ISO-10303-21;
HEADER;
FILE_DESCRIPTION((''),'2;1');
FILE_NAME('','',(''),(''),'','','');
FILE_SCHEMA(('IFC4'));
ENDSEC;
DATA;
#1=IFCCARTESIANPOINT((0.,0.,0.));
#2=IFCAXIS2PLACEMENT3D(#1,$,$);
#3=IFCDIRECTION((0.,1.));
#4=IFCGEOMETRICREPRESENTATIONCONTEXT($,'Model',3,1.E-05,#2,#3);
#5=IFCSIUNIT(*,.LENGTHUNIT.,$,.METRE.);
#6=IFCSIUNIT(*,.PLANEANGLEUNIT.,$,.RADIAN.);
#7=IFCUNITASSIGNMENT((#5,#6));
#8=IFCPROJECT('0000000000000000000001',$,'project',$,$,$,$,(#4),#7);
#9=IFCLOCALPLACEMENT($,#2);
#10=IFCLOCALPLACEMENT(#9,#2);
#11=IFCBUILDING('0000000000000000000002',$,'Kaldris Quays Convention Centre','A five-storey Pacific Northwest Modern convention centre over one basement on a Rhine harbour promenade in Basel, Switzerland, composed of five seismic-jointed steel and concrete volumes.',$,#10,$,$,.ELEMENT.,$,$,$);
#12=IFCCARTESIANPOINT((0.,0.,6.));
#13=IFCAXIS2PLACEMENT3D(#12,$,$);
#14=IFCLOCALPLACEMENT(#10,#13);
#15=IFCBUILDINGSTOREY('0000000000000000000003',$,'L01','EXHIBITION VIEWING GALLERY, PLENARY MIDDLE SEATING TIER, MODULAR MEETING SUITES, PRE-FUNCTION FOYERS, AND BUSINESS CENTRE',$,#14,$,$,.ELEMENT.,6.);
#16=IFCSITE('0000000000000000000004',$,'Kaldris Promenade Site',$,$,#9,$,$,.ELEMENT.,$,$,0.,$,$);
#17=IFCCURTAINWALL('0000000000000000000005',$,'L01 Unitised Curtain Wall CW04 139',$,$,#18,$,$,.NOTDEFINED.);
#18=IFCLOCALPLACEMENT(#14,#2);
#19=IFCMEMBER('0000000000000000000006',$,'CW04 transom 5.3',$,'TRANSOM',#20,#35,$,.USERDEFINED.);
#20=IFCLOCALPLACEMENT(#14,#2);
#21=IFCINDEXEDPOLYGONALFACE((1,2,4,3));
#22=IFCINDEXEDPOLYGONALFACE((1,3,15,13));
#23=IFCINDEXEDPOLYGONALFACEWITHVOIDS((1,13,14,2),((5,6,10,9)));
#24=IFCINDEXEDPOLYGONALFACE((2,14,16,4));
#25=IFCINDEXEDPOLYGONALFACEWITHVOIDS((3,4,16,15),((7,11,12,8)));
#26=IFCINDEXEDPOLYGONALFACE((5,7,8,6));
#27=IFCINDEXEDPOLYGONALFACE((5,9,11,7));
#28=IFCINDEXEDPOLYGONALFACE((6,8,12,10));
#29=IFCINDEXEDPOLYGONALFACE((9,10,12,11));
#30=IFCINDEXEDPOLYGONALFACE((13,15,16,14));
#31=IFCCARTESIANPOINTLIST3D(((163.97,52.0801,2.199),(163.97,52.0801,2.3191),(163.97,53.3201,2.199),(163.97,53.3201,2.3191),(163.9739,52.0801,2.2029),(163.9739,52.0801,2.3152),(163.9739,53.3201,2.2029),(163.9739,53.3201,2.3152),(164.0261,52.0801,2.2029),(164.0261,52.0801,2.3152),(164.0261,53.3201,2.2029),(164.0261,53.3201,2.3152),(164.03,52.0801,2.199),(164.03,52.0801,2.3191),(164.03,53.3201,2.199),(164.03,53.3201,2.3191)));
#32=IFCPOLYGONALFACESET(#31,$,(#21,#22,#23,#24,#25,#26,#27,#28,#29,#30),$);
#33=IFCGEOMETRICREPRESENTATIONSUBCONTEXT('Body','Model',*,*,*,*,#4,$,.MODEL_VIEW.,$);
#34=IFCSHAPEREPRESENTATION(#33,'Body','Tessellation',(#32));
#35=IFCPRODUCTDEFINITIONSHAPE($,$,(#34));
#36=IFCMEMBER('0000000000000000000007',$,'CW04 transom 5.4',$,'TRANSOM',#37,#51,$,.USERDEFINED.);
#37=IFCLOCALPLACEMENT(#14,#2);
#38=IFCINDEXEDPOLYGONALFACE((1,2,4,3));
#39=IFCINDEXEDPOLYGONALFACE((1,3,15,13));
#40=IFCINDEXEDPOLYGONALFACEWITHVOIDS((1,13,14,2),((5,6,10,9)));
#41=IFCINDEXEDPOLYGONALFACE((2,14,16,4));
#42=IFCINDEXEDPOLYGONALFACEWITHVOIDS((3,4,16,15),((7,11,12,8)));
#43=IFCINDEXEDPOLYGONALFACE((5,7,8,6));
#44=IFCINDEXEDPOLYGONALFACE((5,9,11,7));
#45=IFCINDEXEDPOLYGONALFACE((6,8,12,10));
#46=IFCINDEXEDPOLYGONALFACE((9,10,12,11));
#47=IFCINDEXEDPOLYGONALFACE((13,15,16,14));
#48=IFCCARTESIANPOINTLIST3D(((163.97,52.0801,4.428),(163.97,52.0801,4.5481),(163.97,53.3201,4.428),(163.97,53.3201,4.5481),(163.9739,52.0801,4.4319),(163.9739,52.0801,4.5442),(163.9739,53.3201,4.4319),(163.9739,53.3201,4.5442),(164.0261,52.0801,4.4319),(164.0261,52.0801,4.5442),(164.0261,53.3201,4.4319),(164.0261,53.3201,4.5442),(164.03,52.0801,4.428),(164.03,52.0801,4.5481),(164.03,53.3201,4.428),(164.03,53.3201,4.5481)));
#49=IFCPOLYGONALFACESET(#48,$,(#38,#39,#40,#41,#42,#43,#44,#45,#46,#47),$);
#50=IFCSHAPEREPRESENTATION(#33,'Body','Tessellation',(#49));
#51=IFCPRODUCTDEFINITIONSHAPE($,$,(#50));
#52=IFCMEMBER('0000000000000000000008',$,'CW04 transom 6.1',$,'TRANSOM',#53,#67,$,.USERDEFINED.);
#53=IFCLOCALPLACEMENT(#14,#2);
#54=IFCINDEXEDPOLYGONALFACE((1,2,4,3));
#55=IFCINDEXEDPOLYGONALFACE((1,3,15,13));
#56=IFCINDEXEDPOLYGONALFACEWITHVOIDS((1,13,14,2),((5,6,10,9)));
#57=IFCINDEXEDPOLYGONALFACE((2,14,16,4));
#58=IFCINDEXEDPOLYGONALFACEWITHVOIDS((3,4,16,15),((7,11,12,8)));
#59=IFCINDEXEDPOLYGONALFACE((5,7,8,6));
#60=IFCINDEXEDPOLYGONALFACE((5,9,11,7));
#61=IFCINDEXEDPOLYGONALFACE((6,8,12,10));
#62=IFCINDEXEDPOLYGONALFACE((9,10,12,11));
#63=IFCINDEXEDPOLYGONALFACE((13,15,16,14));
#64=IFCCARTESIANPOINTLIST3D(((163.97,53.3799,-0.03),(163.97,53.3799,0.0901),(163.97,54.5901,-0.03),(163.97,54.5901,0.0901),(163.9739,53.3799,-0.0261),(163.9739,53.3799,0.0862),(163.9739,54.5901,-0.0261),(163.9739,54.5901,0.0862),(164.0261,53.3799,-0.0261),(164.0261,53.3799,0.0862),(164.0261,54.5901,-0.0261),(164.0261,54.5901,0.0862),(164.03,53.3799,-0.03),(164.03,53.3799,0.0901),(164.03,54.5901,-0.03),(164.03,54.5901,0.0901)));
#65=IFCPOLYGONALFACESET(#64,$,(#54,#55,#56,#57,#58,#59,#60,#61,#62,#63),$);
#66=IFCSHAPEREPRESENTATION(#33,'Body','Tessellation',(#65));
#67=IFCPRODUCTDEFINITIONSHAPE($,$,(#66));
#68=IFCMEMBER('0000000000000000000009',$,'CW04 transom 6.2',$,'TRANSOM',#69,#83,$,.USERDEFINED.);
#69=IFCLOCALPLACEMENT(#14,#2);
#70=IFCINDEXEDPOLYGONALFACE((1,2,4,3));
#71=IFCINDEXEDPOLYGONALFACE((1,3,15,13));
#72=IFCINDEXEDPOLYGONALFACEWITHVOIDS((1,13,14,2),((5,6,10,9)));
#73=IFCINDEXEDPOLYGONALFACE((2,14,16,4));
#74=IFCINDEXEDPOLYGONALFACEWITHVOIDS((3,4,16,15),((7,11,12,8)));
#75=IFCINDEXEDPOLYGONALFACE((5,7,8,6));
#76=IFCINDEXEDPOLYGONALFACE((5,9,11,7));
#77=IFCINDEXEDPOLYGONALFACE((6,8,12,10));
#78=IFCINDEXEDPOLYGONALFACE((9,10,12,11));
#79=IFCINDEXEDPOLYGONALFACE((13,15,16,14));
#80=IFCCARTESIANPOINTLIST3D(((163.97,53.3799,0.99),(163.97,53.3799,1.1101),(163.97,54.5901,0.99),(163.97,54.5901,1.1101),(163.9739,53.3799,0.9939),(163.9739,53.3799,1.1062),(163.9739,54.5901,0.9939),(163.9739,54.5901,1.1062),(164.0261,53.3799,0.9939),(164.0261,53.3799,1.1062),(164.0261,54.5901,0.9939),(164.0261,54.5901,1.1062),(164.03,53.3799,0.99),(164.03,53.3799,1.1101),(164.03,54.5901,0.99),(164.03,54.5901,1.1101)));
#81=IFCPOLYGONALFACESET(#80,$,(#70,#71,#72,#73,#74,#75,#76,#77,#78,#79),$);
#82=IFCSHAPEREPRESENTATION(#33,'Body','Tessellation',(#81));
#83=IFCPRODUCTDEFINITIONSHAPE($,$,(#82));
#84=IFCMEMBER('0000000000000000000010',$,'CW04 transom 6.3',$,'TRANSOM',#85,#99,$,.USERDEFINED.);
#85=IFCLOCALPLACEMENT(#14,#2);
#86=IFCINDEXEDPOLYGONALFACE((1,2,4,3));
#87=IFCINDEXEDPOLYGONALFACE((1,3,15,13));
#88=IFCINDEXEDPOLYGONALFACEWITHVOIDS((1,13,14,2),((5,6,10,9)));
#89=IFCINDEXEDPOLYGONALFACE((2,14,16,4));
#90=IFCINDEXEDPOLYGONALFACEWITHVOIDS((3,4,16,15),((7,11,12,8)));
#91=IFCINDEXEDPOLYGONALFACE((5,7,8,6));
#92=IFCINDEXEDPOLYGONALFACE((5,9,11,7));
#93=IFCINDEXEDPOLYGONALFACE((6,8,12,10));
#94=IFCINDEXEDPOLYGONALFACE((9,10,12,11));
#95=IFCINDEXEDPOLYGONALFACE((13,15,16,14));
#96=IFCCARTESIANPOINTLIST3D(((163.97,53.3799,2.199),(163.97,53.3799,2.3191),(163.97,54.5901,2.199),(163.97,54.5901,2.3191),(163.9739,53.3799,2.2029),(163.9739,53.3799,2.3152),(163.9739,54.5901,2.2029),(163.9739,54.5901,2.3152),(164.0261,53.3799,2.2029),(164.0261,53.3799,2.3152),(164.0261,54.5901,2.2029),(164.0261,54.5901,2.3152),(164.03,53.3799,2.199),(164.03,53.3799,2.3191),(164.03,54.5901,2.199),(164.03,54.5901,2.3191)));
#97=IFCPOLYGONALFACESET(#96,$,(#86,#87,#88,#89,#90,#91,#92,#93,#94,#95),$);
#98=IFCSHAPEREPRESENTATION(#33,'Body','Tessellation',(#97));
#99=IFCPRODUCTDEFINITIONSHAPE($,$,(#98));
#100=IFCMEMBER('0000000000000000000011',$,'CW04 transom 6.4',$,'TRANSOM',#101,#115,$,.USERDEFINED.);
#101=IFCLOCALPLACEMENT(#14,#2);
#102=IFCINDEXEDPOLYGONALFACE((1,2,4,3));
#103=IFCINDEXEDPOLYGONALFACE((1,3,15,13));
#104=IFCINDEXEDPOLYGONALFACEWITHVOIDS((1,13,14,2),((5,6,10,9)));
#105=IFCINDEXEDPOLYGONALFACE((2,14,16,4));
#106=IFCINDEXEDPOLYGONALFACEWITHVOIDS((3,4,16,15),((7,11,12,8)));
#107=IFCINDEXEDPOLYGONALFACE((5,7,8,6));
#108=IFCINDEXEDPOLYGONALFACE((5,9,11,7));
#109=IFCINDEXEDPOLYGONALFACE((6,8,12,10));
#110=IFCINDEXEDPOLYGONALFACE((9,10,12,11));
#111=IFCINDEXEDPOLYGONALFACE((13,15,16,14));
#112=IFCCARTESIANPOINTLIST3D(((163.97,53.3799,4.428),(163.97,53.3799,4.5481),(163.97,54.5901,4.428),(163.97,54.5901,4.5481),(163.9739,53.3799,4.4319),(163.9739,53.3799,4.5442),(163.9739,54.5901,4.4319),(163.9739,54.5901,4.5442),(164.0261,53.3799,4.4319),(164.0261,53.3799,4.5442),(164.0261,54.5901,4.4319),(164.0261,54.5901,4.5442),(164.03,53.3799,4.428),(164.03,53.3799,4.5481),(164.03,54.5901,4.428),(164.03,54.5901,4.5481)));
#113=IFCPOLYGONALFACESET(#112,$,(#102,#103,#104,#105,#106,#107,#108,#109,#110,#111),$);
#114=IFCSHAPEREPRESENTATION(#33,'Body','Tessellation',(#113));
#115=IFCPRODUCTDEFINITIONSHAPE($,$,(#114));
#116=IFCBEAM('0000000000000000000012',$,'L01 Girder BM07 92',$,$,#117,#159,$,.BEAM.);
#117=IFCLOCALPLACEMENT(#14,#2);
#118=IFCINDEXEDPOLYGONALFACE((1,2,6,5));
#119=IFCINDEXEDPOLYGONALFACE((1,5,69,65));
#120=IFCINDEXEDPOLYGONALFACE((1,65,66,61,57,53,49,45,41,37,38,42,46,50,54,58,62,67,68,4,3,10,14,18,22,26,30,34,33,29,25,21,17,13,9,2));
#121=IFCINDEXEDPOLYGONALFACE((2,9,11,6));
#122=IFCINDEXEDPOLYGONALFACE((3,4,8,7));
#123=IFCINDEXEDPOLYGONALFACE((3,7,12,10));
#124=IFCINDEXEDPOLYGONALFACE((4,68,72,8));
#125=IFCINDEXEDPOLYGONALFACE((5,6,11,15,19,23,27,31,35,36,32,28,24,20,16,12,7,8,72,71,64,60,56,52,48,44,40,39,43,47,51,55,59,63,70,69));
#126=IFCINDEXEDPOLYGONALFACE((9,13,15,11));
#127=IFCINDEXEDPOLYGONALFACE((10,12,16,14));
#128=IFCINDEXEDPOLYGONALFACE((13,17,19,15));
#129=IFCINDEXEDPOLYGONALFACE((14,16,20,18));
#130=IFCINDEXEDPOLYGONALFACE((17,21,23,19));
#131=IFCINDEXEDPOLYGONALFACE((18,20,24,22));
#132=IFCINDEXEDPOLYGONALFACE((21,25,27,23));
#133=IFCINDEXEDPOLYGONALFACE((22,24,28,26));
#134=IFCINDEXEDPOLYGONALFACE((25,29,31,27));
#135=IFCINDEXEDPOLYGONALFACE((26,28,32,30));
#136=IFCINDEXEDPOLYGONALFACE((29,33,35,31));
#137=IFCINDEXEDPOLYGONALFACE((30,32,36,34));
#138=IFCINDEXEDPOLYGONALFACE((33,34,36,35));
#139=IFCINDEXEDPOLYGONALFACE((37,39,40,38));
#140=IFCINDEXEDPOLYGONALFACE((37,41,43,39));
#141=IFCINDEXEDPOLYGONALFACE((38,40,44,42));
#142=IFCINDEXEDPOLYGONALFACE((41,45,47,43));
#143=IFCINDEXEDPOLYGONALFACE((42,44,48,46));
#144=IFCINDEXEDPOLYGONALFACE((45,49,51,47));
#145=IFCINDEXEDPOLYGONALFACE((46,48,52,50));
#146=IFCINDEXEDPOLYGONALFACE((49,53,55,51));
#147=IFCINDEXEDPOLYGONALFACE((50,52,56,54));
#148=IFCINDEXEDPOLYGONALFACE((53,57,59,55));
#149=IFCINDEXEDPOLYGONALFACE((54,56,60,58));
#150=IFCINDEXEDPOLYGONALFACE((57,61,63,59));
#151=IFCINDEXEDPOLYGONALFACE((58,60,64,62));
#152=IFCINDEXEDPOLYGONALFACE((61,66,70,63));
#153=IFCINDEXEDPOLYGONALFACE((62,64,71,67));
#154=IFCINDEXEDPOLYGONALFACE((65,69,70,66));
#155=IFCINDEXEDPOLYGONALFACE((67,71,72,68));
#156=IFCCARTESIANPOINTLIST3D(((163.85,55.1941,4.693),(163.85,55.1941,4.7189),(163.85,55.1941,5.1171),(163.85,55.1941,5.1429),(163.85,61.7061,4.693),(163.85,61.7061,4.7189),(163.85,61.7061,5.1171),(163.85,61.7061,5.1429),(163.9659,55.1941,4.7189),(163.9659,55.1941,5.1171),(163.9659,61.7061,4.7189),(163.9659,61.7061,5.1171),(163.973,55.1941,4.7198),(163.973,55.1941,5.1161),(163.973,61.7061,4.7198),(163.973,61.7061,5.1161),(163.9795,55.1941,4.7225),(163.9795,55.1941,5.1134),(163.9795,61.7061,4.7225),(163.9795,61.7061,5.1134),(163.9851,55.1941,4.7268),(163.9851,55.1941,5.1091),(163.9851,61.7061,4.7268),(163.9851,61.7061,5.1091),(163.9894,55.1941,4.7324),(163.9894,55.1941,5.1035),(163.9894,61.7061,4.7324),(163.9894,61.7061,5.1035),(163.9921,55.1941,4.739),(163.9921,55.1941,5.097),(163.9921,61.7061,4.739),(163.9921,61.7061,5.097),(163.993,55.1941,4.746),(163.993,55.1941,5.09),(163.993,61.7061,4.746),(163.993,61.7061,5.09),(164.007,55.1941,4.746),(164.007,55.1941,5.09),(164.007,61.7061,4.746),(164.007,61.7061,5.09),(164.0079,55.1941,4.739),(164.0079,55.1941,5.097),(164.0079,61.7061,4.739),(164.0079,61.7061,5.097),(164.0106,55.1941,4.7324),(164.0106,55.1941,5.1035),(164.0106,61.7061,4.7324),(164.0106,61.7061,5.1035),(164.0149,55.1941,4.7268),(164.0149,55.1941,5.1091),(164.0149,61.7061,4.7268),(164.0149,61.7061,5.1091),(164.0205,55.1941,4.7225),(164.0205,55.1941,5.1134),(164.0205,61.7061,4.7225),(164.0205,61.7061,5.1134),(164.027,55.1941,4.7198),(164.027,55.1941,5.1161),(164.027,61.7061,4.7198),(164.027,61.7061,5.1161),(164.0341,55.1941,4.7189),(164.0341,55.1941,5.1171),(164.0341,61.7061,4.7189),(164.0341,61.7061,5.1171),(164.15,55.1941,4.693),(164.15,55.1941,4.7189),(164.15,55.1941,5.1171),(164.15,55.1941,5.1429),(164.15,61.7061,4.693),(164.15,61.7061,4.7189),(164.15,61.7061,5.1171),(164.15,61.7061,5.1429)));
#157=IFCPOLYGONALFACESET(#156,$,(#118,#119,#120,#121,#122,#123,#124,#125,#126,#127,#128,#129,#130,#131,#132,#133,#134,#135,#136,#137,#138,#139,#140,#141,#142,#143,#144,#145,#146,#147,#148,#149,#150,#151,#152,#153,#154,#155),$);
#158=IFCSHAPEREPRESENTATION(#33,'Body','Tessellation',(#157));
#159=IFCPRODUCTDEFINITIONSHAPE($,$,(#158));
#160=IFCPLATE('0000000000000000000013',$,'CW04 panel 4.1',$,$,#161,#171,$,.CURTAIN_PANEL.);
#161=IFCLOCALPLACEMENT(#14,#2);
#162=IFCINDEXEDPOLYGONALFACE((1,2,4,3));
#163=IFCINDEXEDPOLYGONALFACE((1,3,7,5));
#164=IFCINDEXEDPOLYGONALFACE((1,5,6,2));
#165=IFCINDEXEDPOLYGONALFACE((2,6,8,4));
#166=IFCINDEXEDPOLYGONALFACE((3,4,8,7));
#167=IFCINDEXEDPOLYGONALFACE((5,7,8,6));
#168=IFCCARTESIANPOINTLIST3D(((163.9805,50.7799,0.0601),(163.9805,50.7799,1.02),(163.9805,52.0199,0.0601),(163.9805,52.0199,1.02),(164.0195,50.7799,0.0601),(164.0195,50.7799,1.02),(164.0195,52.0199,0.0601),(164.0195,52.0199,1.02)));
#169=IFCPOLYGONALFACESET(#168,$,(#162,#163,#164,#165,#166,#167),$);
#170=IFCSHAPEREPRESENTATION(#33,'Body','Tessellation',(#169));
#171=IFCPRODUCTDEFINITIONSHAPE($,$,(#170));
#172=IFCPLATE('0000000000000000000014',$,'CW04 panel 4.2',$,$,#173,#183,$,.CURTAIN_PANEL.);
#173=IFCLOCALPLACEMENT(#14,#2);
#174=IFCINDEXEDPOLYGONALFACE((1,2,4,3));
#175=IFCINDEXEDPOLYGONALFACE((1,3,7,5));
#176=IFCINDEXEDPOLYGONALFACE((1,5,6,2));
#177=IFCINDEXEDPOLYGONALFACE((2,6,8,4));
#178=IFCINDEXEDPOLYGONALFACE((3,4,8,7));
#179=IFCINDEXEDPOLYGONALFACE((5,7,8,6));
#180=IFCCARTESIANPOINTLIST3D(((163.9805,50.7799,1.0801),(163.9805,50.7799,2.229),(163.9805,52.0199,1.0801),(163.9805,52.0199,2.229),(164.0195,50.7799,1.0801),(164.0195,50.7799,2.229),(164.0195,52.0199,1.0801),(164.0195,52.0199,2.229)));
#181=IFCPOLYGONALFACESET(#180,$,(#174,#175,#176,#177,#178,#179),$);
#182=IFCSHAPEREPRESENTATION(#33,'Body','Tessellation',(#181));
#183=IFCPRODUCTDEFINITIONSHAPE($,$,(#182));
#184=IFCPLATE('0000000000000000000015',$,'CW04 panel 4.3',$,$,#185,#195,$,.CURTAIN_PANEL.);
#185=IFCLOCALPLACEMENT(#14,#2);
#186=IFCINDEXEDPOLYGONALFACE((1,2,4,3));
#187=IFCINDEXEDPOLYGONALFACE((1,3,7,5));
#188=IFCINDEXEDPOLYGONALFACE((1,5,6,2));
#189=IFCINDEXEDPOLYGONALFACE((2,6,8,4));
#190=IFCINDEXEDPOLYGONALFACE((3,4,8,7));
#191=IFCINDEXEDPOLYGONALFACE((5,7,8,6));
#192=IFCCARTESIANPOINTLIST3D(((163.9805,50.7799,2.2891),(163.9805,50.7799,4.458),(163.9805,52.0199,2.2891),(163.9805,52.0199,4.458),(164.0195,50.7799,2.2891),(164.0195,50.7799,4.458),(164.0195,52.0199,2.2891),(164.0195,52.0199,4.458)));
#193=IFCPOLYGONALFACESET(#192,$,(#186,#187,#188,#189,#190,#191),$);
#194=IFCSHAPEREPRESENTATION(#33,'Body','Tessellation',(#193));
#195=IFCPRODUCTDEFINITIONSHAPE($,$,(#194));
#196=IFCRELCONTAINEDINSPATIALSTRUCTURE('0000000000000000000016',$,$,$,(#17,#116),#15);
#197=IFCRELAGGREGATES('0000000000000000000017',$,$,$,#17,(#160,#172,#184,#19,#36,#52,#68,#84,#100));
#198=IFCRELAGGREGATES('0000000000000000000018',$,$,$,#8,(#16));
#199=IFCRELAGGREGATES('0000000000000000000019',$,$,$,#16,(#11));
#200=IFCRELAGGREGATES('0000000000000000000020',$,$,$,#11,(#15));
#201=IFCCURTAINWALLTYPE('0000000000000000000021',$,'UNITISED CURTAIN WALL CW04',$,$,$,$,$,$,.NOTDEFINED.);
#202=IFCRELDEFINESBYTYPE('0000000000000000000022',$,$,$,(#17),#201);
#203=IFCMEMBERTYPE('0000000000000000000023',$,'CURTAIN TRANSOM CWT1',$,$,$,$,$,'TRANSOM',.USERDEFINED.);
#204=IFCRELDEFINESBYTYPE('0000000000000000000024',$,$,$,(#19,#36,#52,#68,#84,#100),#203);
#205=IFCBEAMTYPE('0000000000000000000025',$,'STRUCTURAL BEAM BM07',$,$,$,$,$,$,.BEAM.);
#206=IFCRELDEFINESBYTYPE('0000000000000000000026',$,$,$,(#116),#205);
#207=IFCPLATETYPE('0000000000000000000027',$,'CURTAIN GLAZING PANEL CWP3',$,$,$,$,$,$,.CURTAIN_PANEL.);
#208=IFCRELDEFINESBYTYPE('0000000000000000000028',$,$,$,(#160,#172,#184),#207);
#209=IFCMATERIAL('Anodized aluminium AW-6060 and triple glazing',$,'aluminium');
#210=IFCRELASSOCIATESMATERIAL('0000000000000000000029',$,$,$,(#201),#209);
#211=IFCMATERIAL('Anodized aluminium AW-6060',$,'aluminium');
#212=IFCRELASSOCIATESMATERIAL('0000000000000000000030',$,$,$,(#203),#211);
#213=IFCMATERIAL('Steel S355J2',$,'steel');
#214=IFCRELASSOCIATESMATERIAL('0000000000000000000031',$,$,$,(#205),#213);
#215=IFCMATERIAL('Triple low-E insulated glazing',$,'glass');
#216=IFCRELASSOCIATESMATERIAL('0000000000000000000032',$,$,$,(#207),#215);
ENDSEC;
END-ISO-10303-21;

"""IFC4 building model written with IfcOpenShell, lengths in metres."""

from ifc_helpers import new_model, si_unit, direction, frame, origin, origin_2d, place, context, subcontext, project, spatial, rectangle, hollow_rectangle, i_section, extrude, material, material_profile, profile_set, type_object, element, aggregate, save


model = new_model("IFC4")

# Units and contexts
model_context = context("Model", 3, precision=1e-05, world=origin(), true_north=direction((0.0, 1.0)))
body_context = subcontext(model_context, "Body", "Model", "MODEL_VIEW")
ifc_project = project(units=[si_unit("LENGTHUNIT", "METRE"), si_unit("PLANEANGLEUNIT", "RADIAN")], contexts=[model_context])

# Site, building, storey
site_placement = place(None, origin())
site = spatial("IfcSite", under=ifc_project, at=site_placement, Name="Kaldris Promenade Site", CompositionType="ELEMENT", RefElevation=0.0)
building_placement = place(site_placement, origin())
building = spatial("IfcBuilding", under=site, at=building_placement, Name="Kaldris Quays Convention Centre", Description="A five-storey Pacific Northwest Modern convention centre over one basement on a Rhine harbour promenade in Basel, Switzerland, composed of five seismic-jointed steel and concrete volumes.", CompositionType="ELEMENT")
storey_placement = place(building_placement, frame((0.0, 0.0, 6.0)))
storey = spatial("IfcBuildingStorey", under=building, at=storey_placement, Name="L01", Description="EXHIBITION VIEWING GALLERY, PLENARY MIDDLE SEATING TIER, MODULAR MEETING SUITES, PRE-FUNCTION FOYERS, AND BUSINESS CENTRE", CompositionType="ELEMENT", Elevation=6.0)

# Shared definitions
ifc_material_1 = material(Name="Steel S355J2", Category="steel")

# Curtain wall, members
ifc_material_2 = material(Name="Anodized aluminium AW-6060 and triple glazing", Category="aluminium")
curtain_wall_type = type_object("IfcCurtainWallType", Name="UNITISED CURTAIN WALL CW04", PredefinedType="NOTDEFINED", material=ifc_material_2)
curtain_wall_placement = place(storey_placement, origin())
curtain_wall = element("IfcCurtainWall", 1, at=curtain_wall_placement, inside=storey, type_object=curtain_wall_type, Name="L01 Unitised Curtain Wall CW04 139", PredefinedType="NOTDEFINED")
ifc_material_3 = material(Name="Anodized aluminium AW-6060", Category="aluminium")
ifc_material_profile_1 = material_profile(ifc_material_3, hollow_rectangle(XDim=0.0601, YDim=0.1201, WallThickness=0.0039, at=origin_2d()), Name="RHS 120x60x4")
ifc_profile_set_1 = profile_set([ifc_material_profile_1], Name="Anodized aluminium AW-6060")
member_type_1 = type_object("IfcMemberType", Name="CURTAIN TRANSOM CWT1", ElementType="TRANSOM", PredefinedType="USERDEFINED", material=ifc_profile_set_1)
member_1_placement = place(storey_placement, frame((164.0, 52.0801, 2.259), z_axis=(0.0, 1.0, 0.0), x_axis=(-1.0, 0.0, 0.0)))
member_1 = element("IfcMember", 2, at=member_1_placement, type_object=member_type_1, Name="CW04 transom 5.3", ObjectType="TRANSOM", PredefinedType="USERDEFINED", context=body_context, shape_type="SweptSolid", body=[
    extrude(hollow_rectangle(XDim=0.0601, YDim=0.1201, WallThickness=0.0039, at=origin_2d()), origin(), (0.0, 0.0, 1.0), 1.24),
])
member_2_placement = place(storey_placement, frame((164.0, 52.0801, 4.488), z_axis=(0.0, 1.0, 0.0), x_axis=(-1.0, 0.0, 0.0)))
member_2 = element("IfcMember", 3, at=member_2_placement, type_object=member_type_1, Name="CW04 transom 5.4", ObjectType="TRANSOM", PredefinedType="USERDEFINED", context=body_context, shape_type="SweptSolid", body=[
    extrude(hollow_rectangle(XDim=0.0601, YDim=0.1201, WallThickness=0.0039, at=origin_2d()), origin(), (0.0, 0.0, 1.0), 1.24),
])
member_3_placement = place(storey_placement, frame((164.0, 53.3799, 0.03), z_axis=(0.0, 1.0, 0.0), x_axis=(-1.0, 0.0, 0.0)))
member_3 = element("IfcMember", 4, at=member_3_placement, type_object=member_type_1, Name="CW04 transom 6.1", ObjectType="TRANSOM", PredefinedType="USERDEFINED", context=body_context, shape_type="SweptSolid", body=[
    extrude(hollow_rectangle(XDim=0.0601, YDim=0.1201, WallThickness=0.0039, at=origin_2d()), origin(), (0.0, 0.0, 1.0), 1.2102),
])
member_4_placement = place(storey_placement, frame((164.0, 53.3799, 1.05), z_axis=(0.0, 1.0, 0.0), x_axis=(-1.0, 0.0, 0.0)))
member_4 = element("IfcMember", 5, at=member_4_placement, type_object=member_type_1, Name="CW04 transom 6.2", ObjectType="TRANSOM", PredefinedType="USERDEFINED", context=body_context, shape_type="SweptSolid", body=[
    extrude(hollow_rectangle(XDim=0.0601, YDim=0.1201, WallThickness=0.0039, at=origin_2d()), origin(), (0.0, 0.0, 1.0), 1.2102),
])
member_5_placement = place(storey_placement, frame((164.0, 53.3799, 2.259), z_axis=(0.0, 1.0, 0.0), x_axis=(-1.0, 0.0, 0.0)))
member_5 = element("IfcMember", 6, at=member_5_placement, type_object=member_type_1, Name="CW04 transom 6.3", ObjectType="TRANSOM", PredefinedType="USERDEFINED", context=body_context, shape_type="SweptSolid", body=[
    extrude(hollow_rectangle(XDim=0.0601, YDim=0.1201, WallThickness=0.0039, at=origin_2d()), origin(), (0.0, 0.0, 1.0), 1.2102),
])
member_6_placement = place(storey_placement, frame((164.0, 53.3799, 4.488), z_axis=(0.0, 1.0, 0.0), x_axis=(-1.0, 0.0, 0.0)))
member_6 = element("IfcMember", 7, at=member_6_placement, type_object=member_type_1, Name="CW04 transom 6.4", ObjectType="TRANSOM", PredefinedType="USERDEFINED", context=body_context, shape_type="SweptSolid", body=[
    extrude(hollow_rectangle(XDim=0.0601, YDim=0.1201, WallThickness=0.0039, at=origin_2d()), origin(), (0.0, 0.0, 1.0), 1.2102),
])

# Beam
ifc_material_profile_2 = material_profile(ifc_material_1, i_section(OverallWidth=0.3, OverallDepth=0.45, WebThickness=0.0139, FlangeThickness=0.0259, FilletRadius=0.0271, at=origin_2d()), Name="HEB 450")
ifc_profile_set_2 = profile_set([ifc_material_profile_2], Name="Steel S355J2")
beam_type = type_object("IfcBeamType", Name="STRUCTURAL BEAM BM07", PredefinedType="BEAM", material=ifc_profile_set_2)
beam_placement = place(storey_placement, frame((164.0, 55.1941, 4.918), z_axis=(0.0, 1.0, 0.0), x_axis=(-1.0, 0.0, 0.0)))
element("IfcBeam", 8, at=beam_placement, inside=storey, type_object=beam_type, Name="L01 Girder BM07 92", PredefinedType="BEAM", context=body_context, shape_type="SweptSolid", body=[
    extrude(i_section(OverallWidth=0.3, OverallDepth=0.45, WebThickness=0.0139, FlangeThickness=0.0259, FilletRadius=0.0271, at=origin_2d()), origin(), (0.0, 0.0, 1.0), 6.512),
])

# Plates
ifc_material_4 = material(Name="Triple low-E insulated glazing", Category="glass")
plate_type = type_object("IfcPlateType", Name="CURTAIN GLAZING PANEL CWP3", PredefinedType="CURTAIN_PANEL", material=ifc_material_4)
plate_1_placement = place(storey_placement, frame((164.0, 51.3999, 0.0601), z_axis=(0.0, 0.0, 1.0), x_axis=(0.0, 1.0, 0.0)))
plate_1 = element("IfcPlate", 9, at=plate_1_placement, type_object=plate_type, Name="CW04 panel 4.1", PredefinedType="CURTAIN_PANEL", context=body_context, shape_type="SweptSolid", body=[
    extrude(rectangle(XDim=1.24, YDim=0.0391, at=origin_2d()), origin(), (0.0, 0.0, 1.0), 0.96),
])
plate_2_placement = place(storey_placement, frame((164.0, 51.3999, 1.0801), z_axis=(0.0, 0.0, 1.0), x_axis=(0.0, 1.0, 0.0)))
plate_2 = element("IfcPlate", 10, at=plate_2_placement, type_object=plate_type, Name="CW04 panel 4.2", PredefinedType="CURTAIN_PANEL", context=body_context, shape_type="SweptSolid", body=[
    extrude(rectangle(XDim=1.24, YDim=0.0391, at=origin_2d()), origin(), (0.0, 0.0, 1.0), 1.1489),
])
plate_3_placement = place(storey_placement, frame((164.0, 51.3999, 2.2891), z_axis=(0.0, 0.0, 1.0), x_axis=(0.0, 1.0, 0.0)))
plate_3 = element("IfcPlate", 11, at=plate_3_placement, type_object=plate_type, Name="CW04 panel 4.3", PredefinedType="CURTAIN_PANEL", context=body_context, shape_type="SweptSolid", body=[
    extrude(rectangle(XDim=1.24, YDim=0.0391, at=origin_2d()), origin(), (0.0, 0.0, 1.0), 2.1689),
])
aggregate(curtain_wall, [plate_1, plate_2, plate_3, member_1, member_2, member_3, member_4, member_5, member_6])

save(model, "model.ifc")
